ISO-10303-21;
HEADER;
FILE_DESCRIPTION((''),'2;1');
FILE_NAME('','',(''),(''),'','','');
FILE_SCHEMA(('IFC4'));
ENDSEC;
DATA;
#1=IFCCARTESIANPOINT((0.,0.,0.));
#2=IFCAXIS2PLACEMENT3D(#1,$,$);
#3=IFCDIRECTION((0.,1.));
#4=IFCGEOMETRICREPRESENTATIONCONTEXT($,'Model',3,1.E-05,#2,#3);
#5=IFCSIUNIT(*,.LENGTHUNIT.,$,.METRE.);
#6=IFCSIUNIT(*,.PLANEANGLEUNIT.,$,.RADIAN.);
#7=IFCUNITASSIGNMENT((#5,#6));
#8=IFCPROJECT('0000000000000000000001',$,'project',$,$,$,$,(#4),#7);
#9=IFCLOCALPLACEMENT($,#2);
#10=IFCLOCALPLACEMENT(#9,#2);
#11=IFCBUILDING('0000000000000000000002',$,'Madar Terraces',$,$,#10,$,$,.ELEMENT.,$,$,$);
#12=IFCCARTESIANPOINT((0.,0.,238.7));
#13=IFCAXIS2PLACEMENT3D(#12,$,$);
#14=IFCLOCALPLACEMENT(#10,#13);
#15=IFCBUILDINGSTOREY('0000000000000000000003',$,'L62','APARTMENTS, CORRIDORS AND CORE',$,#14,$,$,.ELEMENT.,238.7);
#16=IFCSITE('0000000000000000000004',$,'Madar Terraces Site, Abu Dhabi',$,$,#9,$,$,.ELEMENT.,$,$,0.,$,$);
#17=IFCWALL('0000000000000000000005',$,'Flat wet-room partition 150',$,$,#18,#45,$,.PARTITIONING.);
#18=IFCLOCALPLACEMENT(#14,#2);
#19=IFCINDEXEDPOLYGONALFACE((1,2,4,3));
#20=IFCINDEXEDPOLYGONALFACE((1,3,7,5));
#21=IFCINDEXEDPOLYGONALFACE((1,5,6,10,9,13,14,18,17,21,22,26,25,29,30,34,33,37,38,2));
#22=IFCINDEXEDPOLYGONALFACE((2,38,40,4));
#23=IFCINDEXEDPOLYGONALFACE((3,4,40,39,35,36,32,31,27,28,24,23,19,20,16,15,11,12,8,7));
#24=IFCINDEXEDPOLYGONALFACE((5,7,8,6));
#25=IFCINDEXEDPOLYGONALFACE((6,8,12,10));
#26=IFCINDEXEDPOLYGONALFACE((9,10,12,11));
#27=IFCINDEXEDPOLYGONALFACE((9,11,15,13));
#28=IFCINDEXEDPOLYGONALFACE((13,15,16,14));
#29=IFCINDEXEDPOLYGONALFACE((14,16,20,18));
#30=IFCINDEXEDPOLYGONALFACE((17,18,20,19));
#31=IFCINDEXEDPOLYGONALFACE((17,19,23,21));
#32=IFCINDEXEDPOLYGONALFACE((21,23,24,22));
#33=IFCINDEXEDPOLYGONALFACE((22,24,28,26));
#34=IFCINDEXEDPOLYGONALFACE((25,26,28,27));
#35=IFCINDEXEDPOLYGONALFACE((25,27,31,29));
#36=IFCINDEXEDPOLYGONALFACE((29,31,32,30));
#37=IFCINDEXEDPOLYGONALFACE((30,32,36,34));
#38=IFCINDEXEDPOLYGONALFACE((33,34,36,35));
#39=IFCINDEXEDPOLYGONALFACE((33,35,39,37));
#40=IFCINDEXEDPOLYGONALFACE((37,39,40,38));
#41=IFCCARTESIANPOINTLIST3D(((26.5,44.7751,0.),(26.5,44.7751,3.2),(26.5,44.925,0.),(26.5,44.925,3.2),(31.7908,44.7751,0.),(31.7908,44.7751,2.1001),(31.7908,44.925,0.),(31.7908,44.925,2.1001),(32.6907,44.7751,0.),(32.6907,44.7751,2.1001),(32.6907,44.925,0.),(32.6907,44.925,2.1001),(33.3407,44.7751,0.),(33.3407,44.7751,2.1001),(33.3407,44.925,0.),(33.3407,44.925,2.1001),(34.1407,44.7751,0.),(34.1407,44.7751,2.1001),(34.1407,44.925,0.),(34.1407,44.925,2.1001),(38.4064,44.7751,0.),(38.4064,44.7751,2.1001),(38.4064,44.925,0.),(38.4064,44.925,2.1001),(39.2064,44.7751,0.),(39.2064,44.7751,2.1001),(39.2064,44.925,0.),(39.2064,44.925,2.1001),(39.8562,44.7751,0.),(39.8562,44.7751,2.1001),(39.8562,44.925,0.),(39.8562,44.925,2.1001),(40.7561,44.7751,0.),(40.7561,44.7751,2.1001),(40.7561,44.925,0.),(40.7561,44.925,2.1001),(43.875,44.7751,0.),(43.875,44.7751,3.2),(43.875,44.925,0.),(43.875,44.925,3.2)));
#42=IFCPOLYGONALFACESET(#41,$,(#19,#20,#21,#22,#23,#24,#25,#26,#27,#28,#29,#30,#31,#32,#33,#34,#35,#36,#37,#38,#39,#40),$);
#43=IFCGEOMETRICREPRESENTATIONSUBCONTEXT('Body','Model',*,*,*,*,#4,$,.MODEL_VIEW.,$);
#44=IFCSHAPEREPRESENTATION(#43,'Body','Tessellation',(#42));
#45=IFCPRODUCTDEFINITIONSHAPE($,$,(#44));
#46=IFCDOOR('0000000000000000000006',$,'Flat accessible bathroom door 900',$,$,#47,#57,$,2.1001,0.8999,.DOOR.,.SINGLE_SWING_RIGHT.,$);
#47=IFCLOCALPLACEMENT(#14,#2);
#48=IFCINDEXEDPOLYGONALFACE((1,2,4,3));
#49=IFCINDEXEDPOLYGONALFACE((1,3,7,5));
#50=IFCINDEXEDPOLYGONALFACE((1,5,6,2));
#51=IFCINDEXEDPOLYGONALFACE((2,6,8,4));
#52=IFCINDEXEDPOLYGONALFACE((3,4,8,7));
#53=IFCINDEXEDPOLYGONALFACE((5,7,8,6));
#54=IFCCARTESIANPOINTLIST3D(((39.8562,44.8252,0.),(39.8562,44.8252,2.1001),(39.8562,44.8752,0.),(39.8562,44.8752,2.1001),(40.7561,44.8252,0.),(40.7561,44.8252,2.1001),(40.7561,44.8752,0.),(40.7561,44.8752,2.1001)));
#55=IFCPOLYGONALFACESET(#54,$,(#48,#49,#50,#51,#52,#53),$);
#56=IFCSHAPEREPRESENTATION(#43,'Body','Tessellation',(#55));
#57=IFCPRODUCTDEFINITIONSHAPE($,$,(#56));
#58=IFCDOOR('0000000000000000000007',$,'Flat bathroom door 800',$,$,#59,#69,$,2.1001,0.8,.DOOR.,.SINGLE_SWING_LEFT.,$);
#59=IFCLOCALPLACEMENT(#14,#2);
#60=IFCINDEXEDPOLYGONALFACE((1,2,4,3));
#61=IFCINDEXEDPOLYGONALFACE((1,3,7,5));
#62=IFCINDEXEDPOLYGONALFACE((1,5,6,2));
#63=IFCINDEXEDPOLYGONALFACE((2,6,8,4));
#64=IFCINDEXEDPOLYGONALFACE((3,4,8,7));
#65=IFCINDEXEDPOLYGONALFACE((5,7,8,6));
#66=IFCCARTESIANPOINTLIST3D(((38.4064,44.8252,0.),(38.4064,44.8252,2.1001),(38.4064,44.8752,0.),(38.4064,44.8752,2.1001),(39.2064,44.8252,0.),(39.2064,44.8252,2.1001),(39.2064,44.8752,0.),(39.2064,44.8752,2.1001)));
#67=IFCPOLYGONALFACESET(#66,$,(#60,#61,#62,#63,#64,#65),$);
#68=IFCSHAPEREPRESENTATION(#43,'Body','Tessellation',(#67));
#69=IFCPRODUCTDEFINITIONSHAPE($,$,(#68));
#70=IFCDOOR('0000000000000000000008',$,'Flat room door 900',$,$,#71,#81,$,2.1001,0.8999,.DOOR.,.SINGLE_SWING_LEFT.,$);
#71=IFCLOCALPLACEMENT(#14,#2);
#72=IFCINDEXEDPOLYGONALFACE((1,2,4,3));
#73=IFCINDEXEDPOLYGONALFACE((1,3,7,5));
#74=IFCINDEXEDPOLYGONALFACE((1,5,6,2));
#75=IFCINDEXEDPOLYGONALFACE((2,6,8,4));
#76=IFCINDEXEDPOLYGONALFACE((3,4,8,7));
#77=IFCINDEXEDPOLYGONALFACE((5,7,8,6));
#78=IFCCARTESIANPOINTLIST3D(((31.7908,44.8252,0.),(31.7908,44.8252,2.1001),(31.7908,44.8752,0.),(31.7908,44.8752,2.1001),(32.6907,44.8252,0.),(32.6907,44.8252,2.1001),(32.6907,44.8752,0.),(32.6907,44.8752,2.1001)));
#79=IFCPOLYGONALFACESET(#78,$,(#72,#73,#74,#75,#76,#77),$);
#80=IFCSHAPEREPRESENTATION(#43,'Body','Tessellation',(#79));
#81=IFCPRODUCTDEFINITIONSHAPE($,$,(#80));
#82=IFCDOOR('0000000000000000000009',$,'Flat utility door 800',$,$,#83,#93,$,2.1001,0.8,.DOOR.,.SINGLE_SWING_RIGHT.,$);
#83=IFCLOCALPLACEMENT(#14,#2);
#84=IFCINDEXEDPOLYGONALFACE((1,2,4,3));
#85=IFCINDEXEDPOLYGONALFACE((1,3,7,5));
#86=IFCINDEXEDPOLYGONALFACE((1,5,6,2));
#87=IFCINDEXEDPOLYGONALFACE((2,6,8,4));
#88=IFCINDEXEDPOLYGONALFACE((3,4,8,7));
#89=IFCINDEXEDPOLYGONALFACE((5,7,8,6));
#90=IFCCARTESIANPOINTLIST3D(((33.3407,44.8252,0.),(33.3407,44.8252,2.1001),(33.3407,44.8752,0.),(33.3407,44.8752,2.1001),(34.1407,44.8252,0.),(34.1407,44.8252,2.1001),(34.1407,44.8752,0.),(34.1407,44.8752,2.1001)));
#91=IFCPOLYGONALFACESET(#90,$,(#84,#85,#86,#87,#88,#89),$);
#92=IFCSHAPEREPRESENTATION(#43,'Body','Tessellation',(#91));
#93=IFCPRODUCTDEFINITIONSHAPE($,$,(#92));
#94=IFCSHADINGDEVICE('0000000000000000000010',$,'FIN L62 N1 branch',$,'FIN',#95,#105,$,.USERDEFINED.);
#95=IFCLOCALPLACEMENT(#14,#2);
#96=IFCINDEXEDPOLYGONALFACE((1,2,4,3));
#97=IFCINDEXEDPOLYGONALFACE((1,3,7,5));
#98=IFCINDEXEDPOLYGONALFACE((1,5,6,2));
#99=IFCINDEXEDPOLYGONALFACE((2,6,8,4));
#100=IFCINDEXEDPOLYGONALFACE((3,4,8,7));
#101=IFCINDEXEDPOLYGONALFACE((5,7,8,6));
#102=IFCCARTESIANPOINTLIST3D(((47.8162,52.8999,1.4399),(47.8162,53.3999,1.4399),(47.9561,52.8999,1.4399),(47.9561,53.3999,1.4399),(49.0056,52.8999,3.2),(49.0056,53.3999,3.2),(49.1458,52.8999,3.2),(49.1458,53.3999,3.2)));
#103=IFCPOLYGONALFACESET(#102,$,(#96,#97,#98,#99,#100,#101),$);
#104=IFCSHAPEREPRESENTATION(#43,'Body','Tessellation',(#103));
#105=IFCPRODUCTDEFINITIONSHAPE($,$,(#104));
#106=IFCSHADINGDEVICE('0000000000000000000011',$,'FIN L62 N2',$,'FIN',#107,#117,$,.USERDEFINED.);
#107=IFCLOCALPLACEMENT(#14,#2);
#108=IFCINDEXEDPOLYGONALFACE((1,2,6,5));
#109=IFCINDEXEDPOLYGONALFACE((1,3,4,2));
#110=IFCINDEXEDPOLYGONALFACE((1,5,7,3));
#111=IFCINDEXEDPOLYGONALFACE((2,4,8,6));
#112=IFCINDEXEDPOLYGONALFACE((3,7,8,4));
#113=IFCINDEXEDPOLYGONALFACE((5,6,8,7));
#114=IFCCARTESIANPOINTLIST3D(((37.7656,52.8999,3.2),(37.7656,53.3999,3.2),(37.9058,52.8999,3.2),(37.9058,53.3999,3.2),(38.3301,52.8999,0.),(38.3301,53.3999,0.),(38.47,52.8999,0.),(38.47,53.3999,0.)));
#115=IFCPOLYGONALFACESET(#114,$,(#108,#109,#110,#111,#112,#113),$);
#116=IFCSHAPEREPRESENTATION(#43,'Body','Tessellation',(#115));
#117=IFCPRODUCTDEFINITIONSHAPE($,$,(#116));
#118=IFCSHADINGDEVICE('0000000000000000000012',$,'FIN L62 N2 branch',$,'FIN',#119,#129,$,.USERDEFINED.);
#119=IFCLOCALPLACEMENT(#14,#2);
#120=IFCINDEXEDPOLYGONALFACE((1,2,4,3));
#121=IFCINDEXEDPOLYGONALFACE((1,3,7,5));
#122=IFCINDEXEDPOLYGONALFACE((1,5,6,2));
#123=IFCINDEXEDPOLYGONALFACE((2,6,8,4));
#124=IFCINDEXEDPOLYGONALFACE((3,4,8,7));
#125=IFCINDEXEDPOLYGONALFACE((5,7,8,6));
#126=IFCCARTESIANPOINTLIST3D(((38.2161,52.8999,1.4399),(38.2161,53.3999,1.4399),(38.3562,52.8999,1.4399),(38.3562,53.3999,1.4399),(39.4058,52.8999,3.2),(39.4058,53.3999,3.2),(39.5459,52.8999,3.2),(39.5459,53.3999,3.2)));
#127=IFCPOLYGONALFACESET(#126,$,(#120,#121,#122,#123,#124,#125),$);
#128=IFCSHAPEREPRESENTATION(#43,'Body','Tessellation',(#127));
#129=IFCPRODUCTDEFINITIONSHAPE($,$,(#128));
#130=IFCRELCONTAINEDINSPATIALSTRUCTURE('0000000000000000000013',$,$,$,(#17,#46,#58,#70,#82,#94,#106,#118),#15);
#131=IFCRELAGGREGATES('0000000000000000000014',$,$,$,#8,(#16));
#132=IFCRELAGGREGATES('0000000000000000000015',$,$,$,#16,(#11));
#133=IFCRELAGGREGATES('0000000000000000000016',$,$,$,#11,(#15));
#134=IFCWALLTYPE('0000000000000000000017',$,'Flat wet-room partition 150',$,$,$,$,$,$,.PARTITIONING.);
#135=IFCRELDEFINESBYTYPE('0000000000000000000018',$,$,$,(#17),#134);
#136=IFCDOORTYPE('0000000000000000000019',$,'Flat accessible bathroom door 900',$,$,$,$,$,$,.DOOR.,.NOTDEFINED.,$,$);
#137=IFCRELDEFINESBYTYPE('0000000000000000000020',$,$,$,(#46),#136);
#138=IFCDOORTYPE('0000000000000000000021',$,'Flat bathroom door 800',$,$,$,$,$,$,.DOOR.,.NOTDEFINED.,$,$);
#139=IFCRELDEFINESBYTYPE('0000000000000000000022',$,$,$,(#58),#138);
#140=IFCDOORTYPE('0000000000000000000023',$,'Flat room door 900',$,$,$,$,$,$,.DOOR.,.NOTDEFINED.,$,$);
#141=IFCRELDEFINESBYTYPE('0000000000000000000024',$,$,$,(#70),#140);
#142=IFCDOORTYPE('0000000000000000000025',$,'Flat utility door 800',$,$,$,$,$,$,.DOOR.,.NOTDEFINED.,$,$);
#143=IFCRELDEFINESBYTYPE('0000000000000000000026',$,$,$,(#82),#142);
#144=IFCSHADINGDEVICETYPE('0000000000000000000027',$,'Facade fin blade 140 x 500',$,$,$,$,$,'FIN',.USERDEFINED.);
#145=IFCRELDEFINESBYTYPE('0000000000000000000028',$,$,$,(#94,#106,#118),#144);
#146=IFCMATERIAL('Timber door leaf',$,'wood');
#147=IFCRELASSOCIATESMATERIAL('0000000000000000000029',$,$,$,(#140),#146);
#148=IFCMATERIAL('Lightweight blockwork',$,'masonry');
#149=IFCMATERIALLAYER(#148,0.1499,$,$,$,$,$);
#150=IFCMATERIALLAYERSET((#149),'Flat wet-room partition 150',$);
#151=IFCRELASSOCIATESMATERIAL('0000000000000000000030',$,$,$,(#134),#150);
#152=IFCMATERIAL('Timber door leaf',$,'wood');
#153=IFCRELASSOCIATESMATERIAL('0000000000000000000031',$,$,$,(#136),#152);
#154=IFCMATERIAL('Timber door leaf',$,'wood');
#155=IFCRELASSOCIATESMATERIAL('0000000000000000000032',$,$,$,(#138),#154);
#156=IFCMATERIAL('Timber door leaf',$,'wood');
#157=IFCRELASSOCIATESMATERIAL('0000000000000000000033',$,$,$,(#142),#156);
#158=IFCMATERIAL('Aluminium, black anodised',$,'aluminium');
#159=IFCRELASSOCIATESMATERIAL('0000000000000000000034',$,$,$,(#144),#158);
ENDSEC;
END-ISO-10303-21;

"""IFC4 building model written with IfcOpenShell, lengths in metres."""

from ifc_helpers import new_model, si_unit, direction, frame, frame_2d, origin, place, context, subcontext, project, spatial, polyline, rectangle, outline, extrude, material, layer, layer_set, type_object, element, fill, save


model = new_model("IFC4")

# Units and contexts
model_context = context("Model", 3, precision=1e-05, world=origin(), true_north=direction((0.0, 1.0)))
body_context = subcontext(model_context, "Body", "Model", "MODEL_VIEW")
ifc_project = project(units=[si_unit("LENGTHUNIT", "METRE"), si_unit("PLANEANGLEUNIT", "RADIAN")], contexts=[model_context])

# Site, building, storey
site_placement = place(None, origin())
site = spatial("IfcSite", under=ifc_project, at=site_placement, Name="Madar Terraces Site, Abu Dhabi", CompositionType="ELEMENT", RefElevation=0.0)
building_placement = place(site_placement, origin())
building = spatial("IfcBuilding", under=site, at=building_placement, Name="Madar Terraces", CompositionType="ELEMENT")
storey_placement = place(building_placement, frame((0.0, 0.0, 238.7)))
storey = spatial("IfcBuildingStorey", under=building, at=storey_placement, Name="L62", Description="APARTMENTS, CORRIDORS AND CORE", CompositionType="ELEMENT", Elevation=238.7)

# Shared definitions
ifc_material_1 = material(Name="Timber door leaf", Category="wood")
door_type_1 = type_object("IfcDoorType", Name="Flat room door 900", OperationType="NOTDEFINED", PredefinedType="DOOR", material=ifc_material_1)

# Shared definitions
ifc_material_2 = material(Name="Lightweight blockwork", Category="masonry")
ifc_layer_1 = layer(ifc_material_2, 0.1499)
ifc_layer_set_1 = layer_set([ifc_layer_1], Name="Flat wet-room partition 150")
wall_type_1 = type_object("IfcWallType", Name="Flat wet-room partition 150", PredefinedType="PARTITIONING", material=ifc_layer_set_1)

# Wall, openings, doors
wall_1_placement = place(storey_placement, frame((43.875, 44.8501, 0.0), z_axis=(0.0, 0.0, 1.0), x_axis=(-1.0, 0.0, 0.0)))
wall_1 = element("IfcWall", 1, at=wall_1_placement, inside=storey, type_object=wall_type_1, Name="Flat wet-room partition 150", PredefinedType="PARTITIONING", context=body_context, shape_type="SweptSolid", body=[
    extrude(rectangle(XDim=17.375, YDim=0.1499, at=frame_2d((8.6875, 0.0))), origin(), (0.0, 0.0, 1.0), 3.2),
])
opening_1_placement = place(wall_1_placement, frame((3.1189, 0.0, 0.0)))
opening_1 = element("IfcOpeningElement", 2, at=opening_1_placement, cuts=wall_1, PredefinedType="OPENING", context=body_context, shape_type="SweptSolid", body=[
    extrude(rectangle(XDim=0.8999, YDim=2.1001, at=frame_2d((0.45, 1.05))), frame((0.0, 0.085, 0.0), z_axis=(0.0, -1.0, 0.0), x_axis=(1.0, 0.0, 0.0)), (0.0, 0.0, 1.0), 0.1699),
])
opening_2_placement = place(wall_1_placement, frame((4.6687, 0.0, 0.0)))
opening_2 = element("IfcOpeningElement", 3, at=opening_2_placement, cuts=wall_1, PredefinedType="OPENING", context=body_context, shape_type="SweptSolid", body=[
    extrude(rectangle(XDim=0.8, YDim=2.1001, at=frame_2d((0.3999, 1.05))), frame((0.0, 0.085, 0.0), z_axis=(0.0, -1.0, 0.0), x_axis=(1.0, 0.0, 0.0)), (0.0, 0.0, 1.0), 0.1699),
])
opening_3_placement = place(wall_1_placement, frame((9.7344, 0.0, 0.0)))
opening_3 = element("IfcOpeningElement", 4, at=opening_3_placement, cuts=wall_1, PredefinedType="OPENING", context=body_context, shape_type="SweptSolid", body=[
    extrude(rectangle(XDim=0.8, YDim=2.1001, at=frame_2d((0.3999, 1.05))), frame((0.0, 0.085, 0.0), z_axis=(0.0, -1.0, 0.0), x_axis=(1.0, 0.0, 0.0)), (0.0, 0.0, 1.0), 0.1699),
])
opening_4_placement = place(wall_1_placement, frame((11.1843, 0.0, 0.0)))
opening_4 = element("IfcOpeningElement", 5, at=opening_4_placement, cuts=wall_1, PredefinedType="OPENING", context=body_context, shape_type="SweptSolid", body=[
    extrude(rectangle(XDim=0.8999, YDim=2.1001, at=frame_2d((0.45, 1.05))), frame((0.0, 0.085, 0.0), z_axis=(0.0, -1.0, 0.0), x_axis=(1.0, 0.0, 0.0)), (0.0, 0.0, 1.0), 0.1699),
])
ifc_material_3 = material(Name="Timber door leaf", Category="wood")
door_type_2 = type_object("IfcDoorType", Name="Flat accessible bathroom door 900", OperationType="NOTDEFINED", PredefinedType="DOOR", material=ifc_material_3)
door_1_placement = place(opening_1_placement, origin())
door_1 = element("IfcDoor", 6, at=door_1_placement, inside=storey, type_object=door_type_2, Name="Flat accessible bathroom door 900", OperationType="SINGLE_SWING_RIGHT", OverallHeight=2.1001, OverallWidth=0.8999, PredefinedType="DOOR", context=body_context, shape_type="SweptSolid", body=[
    extrude(rectangle(XDim=0.8999, YDim=2.1001, at=frame_2d((0.45, 1.05))), frame((0.0, 0.0249, 0.0), z_axis=(0.0, -1.0, 0.0), x_axis=(1.0, 0.0, 0.0)), (0.0, 0.0, 1.0), 0.05),
])
fill(opening_1, door_1)
ifc_material_4 = material(Name="Timber door leaf", Category="wood")
door_type_3 = type_object("IfcDoorType", Name="Flat bathroom door 800", OperationType="NOTDEFINED", PredefinedType="DOOR", material=ifc_material_4)
door_2_placement = place(opening_2_placement, origin())
door_2 = element("IfcDoor", 7, at=door_2_placement, inside=storey, type_object=door_type_3, Name="Flat bathroom door 800", OperationType="SINGLE_SWING_LEFT", OverallHeight=2.1001, OverallWidth=0.8, PredefinedType="DOOR", context=body_context, shape_type="SweptSolid", body=[
    extrude(rectangle(XDim=0.8, YDim=2.1001, at=frame_2d((0.3999, 1.05))), frame((0.0, 0.0249, 0.0), z_axis=(0.0, -1.0, 0.0), x_axis=(1.0, 0.0, 0.0)), (0.0, 0.0, 1.0), 0.05),
])
fill(opening_2, door_2)
door_3_placement = place(opening_4_placement, origin())
door_3 = element("IfcDoor", 8, at=door_3_placement, inside=storey, type_object=door_type_1, Name="Flat room door 900", OperationType="SINGLE_SWING_LEFT", OverallHeight=2.1001, OverallWidth=0.8999, PredefinedType="DOOR", context=body_context, shape_type="SweptSolid", body=[
    extrude(rectangle(XDim=0.8999, YDim=2.1001, at=frame_2d((0.45, 1.05))), frame((0.0, 0.0249, 0.0), z_axis=(0.0, -1.0, 0.0), x_axis=(1.0, 0.0, 0.0)), (0.0, 0.0, 1.0), 0.05),
])
fill(opening_4, door_3)
ifc_material_5 = material(Name="Timber door leaf", Category="wood")
door_type_4 = type_object("IfcDoorType", Name="Flat utility door 800", OperationType="NOTDEFINED", PredefinedType="DOOR", material=ifc_material_5)
door_4_placement = place(opening_3_placement, origin())
door_4 = element("IfcDoor", 9, at=door_4_placement, inside=storey, type_object=door_type_4, Name="Flat utility door 800", OperationType="SINGLE_SWING_RIGHT", OverallHeight=2.1001, OverallWidth=0.8, PredefinedType="DOOR", context=body_context, shape_type="SweptSolid", body=[
    extrude(rectangle(XDim=0.8, YDim=2.1001, at=frame_2d((0.3999, 1.05))), frame((0.0, 0.0249, 0.0), z_axis=(0.0, -1.0, 0.0), x_axis=(1.0, 0.0, 0.0)), (0.0, 0.0, 1.0), 0.05),
])
fill(opening_3, door_4)

# Shading devices
ifc_material_6 = material(Name="Aluminium, black anodised", Category="aluminium")
shading_device_type = type_object("IfcShadingDeviceType", Name="Facade fin blade 140 x 500", ElementType="FIN", PredefinedType="USERDEFINED", material=ifc_material_6)
shading_device_1_placement = place(storey_placement, frame((47.9561, 53.1499, 1.4399), z_axis=(0.0, 0.0, 1.0), x_axis=(-1.0, 0.0, 0.0)))
element("IfcShadingDevice", 10, at=shading_device_1_placement, inside=storey, type_object=shading_device_type, Name="FIN L62 N1 branch", ObjectType="FIN", PredefinedType="USERDEFINED", context=body_context, shape_type="SweptSolid", body=[
    extrude(outline(polyline([(0.0, 0.0), (0.1399, 0.0), (-1.0496, 1.76), (-1.1897, 1.76), (0.0, 0.0)])), frame((0.0, 0.25, 0.0), z_axis=(0.0, -1.0, 0.0), x_axis=(1.0, 0.0, 0.0)), (0.0, 0.0, 1.0), 0.5),
])
shading_device_2_placement = place(storey_placement, frame((38.47, 53.1499, 0.0), z_axis=(0.0, 0.0, 1.0), x_axis=(-1.0, 0.0, 0.0)))
element("IfcShadingDevice", 11, at=shading_device_2_placement, inside=storey, type_object=shading_device_type, Name="FIN L62 N2", ObjectType="FIN", PredefinedType="USERDEFINED", context=body_context, shape_type="SweptSolid", body=[
    extrude(outline(polyline([(0.0, 0.0), (0.1399, 0.0), (0.7043, 3.2), (0.5642, 3.2), (0.0, 0.0)])), frame((0.0, 0.25, 0.0), z_axis=(0.0, -1.0, 0.0), x_axis=(1.0, 0.0, 0.0)), (0.0, 0.0, 1.0), 0.5),
])
shading_device_3_placement = place(storey_placement, frame((38.3562, 53.1499, 1.4399), z_axis=(0.0, 0.0, 1.0), x_axis=(-1.0, 0.0, 0.0)))
element("IfcShadingDevice", 12, at=shading_device_3_placement, inside=storey, type_object=shading_device_type, Name="FIN L62 N2 branch", ObjectType="FIN", PredefinedType="USERDEFINED", context=body_context, shape_type="SweptSolid", body=[
    extrude(outline(polyline([(0.0, 0.0), (0.1401, 0.0), (-1.0496, 1.76), (-1.1897, 1.76), (0.0, 0.0)])), frame((0.0, 0.25, 0.0), z_axis=(0.0, -1.0, 0.0), x_axis=(1.0, 0.0, 0.0)), (0.0, 0.0, 1.0), 0.5),
])

save(model, "model.ifc")
